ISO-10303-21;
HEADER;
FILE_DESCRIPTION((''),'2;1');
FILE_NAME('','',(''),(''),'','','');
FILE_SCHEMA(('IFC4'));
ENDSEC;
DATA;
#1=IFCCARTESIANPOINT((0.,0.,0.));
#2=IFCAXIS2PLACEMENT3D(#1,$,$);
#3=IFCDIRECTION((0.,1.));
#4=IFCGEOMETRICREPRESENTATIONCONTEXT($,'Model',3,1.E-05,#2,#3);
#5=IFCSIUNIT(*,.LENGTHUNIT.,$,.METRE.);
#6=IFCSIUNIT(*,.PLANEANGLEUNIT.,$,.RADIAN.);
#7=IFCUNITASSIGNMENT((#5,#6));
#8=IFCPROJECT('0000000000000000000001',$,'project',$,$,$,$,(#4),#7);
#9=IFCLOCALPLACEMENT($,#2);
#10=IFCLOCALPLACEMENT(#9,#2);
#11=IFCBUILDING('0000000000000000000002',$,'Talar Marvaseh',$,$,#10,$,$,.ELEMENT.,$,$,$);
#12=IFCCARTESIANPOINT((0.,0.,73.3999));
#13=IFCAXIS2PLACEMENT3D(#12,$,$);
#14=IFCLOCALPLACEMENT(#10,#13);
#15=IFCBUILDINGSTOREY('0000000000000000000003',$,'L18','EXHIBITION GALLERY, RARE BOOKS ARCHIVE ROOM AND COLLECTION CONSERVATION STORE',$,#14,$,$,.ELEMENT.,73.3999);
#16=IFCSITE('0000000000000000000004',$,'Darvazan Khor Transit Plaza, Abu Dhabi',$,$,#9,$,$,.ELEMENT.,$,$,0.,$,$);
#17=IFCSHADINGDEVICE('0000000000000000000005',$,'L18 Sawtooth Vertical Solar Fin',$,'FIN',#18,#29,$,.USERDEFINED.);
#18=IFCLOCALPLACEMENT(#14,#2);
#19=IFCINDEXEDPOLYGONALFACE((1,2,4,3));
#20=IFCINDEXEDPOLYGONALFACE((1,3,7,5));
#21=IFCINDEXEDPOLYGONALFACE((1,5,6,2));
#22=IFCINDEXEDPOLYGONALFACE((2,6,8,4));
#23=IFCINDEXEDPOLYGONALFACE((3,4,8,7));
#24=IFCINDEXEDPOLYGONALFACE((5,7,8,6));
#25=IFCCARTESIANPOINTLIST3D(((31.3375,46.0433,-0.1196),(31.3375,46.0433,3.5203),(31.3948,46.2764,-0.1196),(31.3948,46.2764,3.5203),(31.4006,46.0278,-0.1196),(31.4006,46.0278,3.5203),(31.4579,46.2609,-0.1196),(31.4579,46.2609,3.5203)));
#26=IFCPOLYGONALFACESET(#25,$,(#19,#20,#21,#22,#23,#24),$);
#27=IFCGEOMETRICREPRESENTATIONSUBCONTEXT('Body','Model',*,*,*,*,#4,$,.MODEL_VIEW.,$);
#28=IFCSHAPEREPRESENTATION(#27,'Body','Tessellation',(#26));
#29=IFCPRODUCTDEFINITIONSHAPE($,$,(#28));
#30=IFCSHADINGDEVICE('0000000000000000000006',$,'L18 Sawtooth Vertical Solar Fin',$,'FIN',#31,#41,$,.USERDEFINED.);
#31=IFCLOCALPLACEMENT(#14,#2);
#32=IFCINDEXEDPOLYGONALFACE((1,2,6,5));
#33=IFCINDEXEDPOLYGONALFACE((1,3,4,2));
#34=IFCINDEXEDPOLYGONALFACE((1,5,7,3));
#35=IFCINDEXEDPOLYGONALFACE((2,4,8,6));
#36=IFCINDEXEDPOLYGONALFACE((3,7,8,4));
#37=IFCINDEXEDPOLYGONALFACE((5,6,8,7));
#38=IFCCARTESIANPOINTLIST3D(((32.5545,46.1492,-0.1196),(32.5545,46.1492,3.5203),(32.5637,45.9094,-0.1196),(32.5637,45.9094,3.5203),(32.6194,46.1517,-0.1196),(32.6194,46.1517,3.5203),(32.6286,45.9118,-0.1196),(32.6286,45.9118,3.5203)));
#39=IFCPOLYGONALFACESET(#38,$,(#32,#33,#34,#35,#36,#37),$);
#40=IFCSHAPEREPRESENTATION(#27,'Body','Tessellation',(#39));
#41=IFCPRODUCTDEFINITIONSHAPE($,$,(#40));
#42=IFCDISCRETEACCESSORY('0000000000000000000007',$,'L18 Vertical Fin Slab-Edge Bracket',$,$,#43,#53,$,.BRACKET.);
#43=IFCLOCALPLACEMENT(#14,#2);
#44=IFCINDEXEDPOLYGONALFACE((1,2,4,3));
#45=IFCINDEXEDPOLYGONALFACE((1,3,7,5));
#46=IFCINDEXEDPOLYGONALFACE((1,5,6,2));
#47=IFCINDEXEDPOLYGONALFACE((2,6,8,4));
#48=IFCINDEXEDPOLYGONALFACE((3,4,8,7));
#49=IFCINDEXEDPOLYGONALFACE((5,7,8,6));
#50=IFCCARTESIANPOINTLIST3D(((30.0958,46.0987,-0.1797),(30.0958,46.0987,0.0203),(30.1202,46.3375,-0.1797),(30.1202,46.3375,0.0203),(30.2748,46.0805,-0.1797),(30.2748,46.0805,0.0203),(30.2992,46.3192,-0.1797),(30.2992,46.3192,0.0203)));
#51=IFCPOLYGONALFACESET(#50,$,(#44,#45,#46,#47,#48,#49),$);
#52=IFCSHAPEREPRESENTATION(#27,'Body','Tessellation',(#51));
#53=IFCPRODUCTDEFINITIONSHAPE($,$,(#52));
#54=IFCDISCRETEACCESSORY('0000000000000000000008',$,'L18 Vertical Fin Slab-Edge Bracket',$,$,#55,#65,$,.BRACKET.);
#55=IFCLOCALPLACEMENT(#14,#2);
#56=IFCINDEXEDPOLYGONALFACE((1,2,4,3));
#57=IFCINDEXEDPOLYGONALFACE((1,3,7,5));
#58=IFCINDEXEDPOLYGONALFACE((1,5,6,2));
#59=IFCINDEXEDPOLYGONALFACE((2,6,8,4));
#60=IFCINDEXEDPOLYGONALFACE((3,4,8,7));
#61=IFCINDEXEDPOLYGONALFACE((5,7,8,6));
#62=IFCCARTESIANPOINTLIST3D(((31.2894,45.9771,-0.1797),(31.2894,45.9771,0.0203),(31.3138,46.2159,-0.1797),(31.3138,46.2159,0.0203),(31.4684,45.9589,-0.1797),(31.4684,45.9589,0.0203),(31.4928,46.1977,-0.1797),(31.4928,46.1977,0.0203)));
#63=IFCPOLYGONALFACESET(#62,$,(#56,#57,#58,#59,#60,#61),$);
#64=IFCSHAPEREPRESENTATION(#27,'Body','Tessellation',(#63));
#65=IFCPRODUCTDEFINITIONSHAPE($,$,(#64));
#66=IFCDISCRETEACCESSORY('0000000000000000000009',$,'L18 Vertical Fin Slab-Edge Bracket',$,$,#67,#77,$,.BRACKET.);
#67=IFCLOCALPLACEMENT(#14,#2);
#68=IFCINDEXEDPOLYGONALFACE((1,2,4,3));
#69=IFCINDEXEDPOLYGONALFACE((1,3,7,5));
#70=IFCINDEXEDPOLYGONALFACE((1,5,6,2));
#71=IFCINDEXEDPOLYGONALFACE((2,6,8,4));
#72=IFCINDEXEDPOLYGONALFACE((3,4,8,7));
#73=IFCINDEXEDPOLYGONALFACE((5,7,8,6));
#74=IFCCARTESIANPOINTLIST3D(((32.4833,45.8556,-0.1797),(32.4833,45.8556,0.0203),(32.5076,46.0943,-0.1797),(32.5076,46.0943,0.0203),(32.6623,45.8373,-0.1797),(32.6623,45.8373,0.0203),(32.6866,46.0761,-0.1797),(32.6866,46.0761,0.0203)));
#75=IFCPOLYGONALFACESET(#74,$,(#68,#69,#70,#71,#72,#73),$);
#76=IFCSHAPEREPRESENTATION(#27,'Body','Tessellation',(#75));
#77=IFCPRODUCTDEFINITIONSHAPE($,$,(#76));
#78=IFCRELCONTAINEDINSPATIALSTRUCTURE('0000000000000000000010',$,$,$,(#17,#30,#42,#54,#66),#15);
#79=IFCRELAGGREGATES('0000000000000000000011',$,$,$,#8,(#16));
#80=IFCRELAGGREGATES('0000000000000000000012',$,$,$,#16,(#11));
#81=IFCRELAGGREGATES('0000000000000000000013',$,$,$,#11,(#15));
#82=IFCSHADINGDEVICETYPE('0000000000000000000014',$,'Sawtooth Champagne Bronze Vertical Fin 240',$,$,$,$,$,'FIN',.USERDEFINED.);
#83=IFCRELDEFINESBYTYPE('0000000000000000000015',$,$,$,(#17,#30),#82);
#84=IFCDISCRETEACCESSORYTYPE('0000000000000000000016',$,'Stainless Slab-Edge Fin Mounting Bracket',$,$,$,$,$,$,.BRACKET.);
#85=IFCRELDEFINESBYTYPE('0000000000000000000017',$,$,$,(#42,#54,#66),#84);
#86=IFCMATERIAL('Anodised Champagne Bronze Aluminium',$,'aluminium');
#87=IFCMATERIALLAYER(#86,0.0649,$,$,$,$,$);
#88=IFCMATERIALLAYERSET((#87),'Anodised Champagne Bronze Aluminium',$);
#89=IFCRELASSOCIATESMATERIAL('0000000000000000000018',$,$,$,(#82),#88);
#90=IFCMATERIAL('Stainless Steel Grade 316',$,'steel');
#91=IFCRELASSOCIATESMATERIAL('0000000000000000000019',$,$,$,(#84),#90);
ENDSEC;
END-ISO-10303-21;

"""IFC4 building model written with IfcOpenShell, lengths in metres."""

from ifc_helpers import new_model, si_unit, direction, frame, origin, origin_2d, place, context, subcontext, project, spatial, rectangle, extrude, source, transform, mapped, material, layer, layer_set, type_object, type_shapes, element, save


model = new_model("IFC4")

# Units and contexts
model_context = context("Model", 3, precision=1e-05, world=origin(), true_north=direction((0.0, 1.0)))
body_context = subcontext(model_context, "Body", "Model", "MODEL_VIEW")
ifc_project = project(units=[si_unit("LENGTHUNIT", "METRE"), si_unit("PLANEANGLEUNIT", "RADIAN")], contexts=[model_context])

# Site, building, storey
site_placement = place(None, origin())
site = spatial("IfcSite", under=ifc_project, at=site_placement, Name="Darvazan Khor Transit Plaza, Abu Dhabi", CompositionType="ELEMENT", RefElevation=0.0)
building_placement = place(site_placement, origin())
building = spatial("IfcBuilding", under=site, at=building_placement, Name="Talar Marvaseh", CompositionType="ELEMENT")
storey_placement = place(building_placement, frame((0.0, 0.0, 73.3999)))
storey = spatial("IfcBuildingStorey", under=building, at=storey_placement, Name="L18", Description="EXHIBITION GALLERY, RARE BOOKS ARCHIVE ROOM AND COLLECTION CONSERVATION STORE", CompositionType="ELEMENT", Elevation=73.3999)

# Shared definitions
ifc_material_1 = material(Name="Stainless Steel Grade 316", Category="steel")

# Shading devices
ifc_material_2 = material(Name="Anodised Champagne Bronze Aluminium", Category="aluminium")
ifc_layer_1 = layer(ifc_material_2, 0.0649)
ifc_layer_set_1 = layer_set([ifc_layer_1], Name="Anodised Champagne Bronze Aluminium")
shading_device_type = type_object("IfcShadingDeviceType", Name="Sawtooth Champagne Bronze Vertical Fin 240", ElementType="FIN", PredefinedType="USERDEFINED", material=ifc_layer_set_1)
shared_shape_1 = source(origin(), body_context, "Body", "SweptSolid", [
    extrude(rectangle(XDim=0.24, YDim=0.0649, at=origin_2d()), origin(), (0.0, 0.0, 1.0), 3.6399),
])
type_shapes(shading_device_type, [shared_shape_1])
for number, where, z_axis, x_axis, name in (
    (1, (31.3977, 46.1521, -0.1196), (0.0, 0.0, 1.0), (0.238872, 0.971051, 0.0), "L18 Sawtooth Vertical Solar Fin"),
    (2, (32.5916, 46.0305, -0.1196), (0.0, 0.0, 1.0), (-0.038039, 0.999276, 0.0), "L18 Sawtooth Vertical Solar Fin"),
):
    element("IfcShadingDevice", number, at=place(storey_placement, frame(where, z_axis=z_axis, x_axis=x_axis)), inside=storey, type_object=shading_device_type, Name=name, ObjectType="FIN", PredefinedType="USERDEFINED", context=body_context, shape_type="MappedRepresentation", body=[
        mapped(shared_shape_1, transform((0.0, 0.0, 0.0), x_axis=(1.0, 0.0, 0.0), y_axis=(0.0, 1.0, 0.0), z_axis=(0.0, 0.0, 1.0), scale=1.0)),
    ])

# Discrete accessories
discrete_accessory_type = type_object("IfcDiscreteAccessoryType", Name="Stainless Slab-Edge Fin Mounting Bracket", PredefinedType="BRACKET", material=ifc_material_1)
shared_shape_2 = source(origin(), body_context, "Body", "SweptSolid", [
    extrude(rectangle(XDim=0.24, YDim=0.1799, at=origin_2d()), origin(), (0.0, 0.0, 1.0), 0.2),
])
type_shapes(discrete_accessory_type, [shared_shape_2])
for number, where, z_axis, x_axis, name in (
    (3, (30.1975, 46.209, -0.1797), (0.0, 0.0, 1.0), (0.101404, 0.994845, 0.0), "L18 Vertical Fin Slab-Edge Bracket"),
    (4, (31.3911, 46.0874, -0.1797), (0.0, 0.0, 1.0), (0.101404, 0.994845, 0.0), "L18 Vertical Fin Slab-Edge Bracket"),
    (5, (32.585, 45.9658, -0.1797), (0.0, 0.0, 1.0), (0.101404, 0.994845, 0.0), "L18 Vertical Fin Slab-Edge Bracket"),
):
    element("IfcDiscreteAccessory", number, at=place(storey_placement, frame(where, z_axis=z_axis, x_axis=x_axis)), inside=storey, type_object=discrete_accessory_type, Name=name, PredefinedType="BRACKET", context=body_context, shape_type="MappedRepresentation", body=[
        mapped(shared_shape_2, transform((0.0, 0.0, 0.0), x_axis=(1.0, 0.0, 0.0), y_axis=(0.0, 1.0, 0.0), z_axis=(0.0, 0.0, 1.0), scale=1.0)),
    ])

save(model, "model.ifc")
